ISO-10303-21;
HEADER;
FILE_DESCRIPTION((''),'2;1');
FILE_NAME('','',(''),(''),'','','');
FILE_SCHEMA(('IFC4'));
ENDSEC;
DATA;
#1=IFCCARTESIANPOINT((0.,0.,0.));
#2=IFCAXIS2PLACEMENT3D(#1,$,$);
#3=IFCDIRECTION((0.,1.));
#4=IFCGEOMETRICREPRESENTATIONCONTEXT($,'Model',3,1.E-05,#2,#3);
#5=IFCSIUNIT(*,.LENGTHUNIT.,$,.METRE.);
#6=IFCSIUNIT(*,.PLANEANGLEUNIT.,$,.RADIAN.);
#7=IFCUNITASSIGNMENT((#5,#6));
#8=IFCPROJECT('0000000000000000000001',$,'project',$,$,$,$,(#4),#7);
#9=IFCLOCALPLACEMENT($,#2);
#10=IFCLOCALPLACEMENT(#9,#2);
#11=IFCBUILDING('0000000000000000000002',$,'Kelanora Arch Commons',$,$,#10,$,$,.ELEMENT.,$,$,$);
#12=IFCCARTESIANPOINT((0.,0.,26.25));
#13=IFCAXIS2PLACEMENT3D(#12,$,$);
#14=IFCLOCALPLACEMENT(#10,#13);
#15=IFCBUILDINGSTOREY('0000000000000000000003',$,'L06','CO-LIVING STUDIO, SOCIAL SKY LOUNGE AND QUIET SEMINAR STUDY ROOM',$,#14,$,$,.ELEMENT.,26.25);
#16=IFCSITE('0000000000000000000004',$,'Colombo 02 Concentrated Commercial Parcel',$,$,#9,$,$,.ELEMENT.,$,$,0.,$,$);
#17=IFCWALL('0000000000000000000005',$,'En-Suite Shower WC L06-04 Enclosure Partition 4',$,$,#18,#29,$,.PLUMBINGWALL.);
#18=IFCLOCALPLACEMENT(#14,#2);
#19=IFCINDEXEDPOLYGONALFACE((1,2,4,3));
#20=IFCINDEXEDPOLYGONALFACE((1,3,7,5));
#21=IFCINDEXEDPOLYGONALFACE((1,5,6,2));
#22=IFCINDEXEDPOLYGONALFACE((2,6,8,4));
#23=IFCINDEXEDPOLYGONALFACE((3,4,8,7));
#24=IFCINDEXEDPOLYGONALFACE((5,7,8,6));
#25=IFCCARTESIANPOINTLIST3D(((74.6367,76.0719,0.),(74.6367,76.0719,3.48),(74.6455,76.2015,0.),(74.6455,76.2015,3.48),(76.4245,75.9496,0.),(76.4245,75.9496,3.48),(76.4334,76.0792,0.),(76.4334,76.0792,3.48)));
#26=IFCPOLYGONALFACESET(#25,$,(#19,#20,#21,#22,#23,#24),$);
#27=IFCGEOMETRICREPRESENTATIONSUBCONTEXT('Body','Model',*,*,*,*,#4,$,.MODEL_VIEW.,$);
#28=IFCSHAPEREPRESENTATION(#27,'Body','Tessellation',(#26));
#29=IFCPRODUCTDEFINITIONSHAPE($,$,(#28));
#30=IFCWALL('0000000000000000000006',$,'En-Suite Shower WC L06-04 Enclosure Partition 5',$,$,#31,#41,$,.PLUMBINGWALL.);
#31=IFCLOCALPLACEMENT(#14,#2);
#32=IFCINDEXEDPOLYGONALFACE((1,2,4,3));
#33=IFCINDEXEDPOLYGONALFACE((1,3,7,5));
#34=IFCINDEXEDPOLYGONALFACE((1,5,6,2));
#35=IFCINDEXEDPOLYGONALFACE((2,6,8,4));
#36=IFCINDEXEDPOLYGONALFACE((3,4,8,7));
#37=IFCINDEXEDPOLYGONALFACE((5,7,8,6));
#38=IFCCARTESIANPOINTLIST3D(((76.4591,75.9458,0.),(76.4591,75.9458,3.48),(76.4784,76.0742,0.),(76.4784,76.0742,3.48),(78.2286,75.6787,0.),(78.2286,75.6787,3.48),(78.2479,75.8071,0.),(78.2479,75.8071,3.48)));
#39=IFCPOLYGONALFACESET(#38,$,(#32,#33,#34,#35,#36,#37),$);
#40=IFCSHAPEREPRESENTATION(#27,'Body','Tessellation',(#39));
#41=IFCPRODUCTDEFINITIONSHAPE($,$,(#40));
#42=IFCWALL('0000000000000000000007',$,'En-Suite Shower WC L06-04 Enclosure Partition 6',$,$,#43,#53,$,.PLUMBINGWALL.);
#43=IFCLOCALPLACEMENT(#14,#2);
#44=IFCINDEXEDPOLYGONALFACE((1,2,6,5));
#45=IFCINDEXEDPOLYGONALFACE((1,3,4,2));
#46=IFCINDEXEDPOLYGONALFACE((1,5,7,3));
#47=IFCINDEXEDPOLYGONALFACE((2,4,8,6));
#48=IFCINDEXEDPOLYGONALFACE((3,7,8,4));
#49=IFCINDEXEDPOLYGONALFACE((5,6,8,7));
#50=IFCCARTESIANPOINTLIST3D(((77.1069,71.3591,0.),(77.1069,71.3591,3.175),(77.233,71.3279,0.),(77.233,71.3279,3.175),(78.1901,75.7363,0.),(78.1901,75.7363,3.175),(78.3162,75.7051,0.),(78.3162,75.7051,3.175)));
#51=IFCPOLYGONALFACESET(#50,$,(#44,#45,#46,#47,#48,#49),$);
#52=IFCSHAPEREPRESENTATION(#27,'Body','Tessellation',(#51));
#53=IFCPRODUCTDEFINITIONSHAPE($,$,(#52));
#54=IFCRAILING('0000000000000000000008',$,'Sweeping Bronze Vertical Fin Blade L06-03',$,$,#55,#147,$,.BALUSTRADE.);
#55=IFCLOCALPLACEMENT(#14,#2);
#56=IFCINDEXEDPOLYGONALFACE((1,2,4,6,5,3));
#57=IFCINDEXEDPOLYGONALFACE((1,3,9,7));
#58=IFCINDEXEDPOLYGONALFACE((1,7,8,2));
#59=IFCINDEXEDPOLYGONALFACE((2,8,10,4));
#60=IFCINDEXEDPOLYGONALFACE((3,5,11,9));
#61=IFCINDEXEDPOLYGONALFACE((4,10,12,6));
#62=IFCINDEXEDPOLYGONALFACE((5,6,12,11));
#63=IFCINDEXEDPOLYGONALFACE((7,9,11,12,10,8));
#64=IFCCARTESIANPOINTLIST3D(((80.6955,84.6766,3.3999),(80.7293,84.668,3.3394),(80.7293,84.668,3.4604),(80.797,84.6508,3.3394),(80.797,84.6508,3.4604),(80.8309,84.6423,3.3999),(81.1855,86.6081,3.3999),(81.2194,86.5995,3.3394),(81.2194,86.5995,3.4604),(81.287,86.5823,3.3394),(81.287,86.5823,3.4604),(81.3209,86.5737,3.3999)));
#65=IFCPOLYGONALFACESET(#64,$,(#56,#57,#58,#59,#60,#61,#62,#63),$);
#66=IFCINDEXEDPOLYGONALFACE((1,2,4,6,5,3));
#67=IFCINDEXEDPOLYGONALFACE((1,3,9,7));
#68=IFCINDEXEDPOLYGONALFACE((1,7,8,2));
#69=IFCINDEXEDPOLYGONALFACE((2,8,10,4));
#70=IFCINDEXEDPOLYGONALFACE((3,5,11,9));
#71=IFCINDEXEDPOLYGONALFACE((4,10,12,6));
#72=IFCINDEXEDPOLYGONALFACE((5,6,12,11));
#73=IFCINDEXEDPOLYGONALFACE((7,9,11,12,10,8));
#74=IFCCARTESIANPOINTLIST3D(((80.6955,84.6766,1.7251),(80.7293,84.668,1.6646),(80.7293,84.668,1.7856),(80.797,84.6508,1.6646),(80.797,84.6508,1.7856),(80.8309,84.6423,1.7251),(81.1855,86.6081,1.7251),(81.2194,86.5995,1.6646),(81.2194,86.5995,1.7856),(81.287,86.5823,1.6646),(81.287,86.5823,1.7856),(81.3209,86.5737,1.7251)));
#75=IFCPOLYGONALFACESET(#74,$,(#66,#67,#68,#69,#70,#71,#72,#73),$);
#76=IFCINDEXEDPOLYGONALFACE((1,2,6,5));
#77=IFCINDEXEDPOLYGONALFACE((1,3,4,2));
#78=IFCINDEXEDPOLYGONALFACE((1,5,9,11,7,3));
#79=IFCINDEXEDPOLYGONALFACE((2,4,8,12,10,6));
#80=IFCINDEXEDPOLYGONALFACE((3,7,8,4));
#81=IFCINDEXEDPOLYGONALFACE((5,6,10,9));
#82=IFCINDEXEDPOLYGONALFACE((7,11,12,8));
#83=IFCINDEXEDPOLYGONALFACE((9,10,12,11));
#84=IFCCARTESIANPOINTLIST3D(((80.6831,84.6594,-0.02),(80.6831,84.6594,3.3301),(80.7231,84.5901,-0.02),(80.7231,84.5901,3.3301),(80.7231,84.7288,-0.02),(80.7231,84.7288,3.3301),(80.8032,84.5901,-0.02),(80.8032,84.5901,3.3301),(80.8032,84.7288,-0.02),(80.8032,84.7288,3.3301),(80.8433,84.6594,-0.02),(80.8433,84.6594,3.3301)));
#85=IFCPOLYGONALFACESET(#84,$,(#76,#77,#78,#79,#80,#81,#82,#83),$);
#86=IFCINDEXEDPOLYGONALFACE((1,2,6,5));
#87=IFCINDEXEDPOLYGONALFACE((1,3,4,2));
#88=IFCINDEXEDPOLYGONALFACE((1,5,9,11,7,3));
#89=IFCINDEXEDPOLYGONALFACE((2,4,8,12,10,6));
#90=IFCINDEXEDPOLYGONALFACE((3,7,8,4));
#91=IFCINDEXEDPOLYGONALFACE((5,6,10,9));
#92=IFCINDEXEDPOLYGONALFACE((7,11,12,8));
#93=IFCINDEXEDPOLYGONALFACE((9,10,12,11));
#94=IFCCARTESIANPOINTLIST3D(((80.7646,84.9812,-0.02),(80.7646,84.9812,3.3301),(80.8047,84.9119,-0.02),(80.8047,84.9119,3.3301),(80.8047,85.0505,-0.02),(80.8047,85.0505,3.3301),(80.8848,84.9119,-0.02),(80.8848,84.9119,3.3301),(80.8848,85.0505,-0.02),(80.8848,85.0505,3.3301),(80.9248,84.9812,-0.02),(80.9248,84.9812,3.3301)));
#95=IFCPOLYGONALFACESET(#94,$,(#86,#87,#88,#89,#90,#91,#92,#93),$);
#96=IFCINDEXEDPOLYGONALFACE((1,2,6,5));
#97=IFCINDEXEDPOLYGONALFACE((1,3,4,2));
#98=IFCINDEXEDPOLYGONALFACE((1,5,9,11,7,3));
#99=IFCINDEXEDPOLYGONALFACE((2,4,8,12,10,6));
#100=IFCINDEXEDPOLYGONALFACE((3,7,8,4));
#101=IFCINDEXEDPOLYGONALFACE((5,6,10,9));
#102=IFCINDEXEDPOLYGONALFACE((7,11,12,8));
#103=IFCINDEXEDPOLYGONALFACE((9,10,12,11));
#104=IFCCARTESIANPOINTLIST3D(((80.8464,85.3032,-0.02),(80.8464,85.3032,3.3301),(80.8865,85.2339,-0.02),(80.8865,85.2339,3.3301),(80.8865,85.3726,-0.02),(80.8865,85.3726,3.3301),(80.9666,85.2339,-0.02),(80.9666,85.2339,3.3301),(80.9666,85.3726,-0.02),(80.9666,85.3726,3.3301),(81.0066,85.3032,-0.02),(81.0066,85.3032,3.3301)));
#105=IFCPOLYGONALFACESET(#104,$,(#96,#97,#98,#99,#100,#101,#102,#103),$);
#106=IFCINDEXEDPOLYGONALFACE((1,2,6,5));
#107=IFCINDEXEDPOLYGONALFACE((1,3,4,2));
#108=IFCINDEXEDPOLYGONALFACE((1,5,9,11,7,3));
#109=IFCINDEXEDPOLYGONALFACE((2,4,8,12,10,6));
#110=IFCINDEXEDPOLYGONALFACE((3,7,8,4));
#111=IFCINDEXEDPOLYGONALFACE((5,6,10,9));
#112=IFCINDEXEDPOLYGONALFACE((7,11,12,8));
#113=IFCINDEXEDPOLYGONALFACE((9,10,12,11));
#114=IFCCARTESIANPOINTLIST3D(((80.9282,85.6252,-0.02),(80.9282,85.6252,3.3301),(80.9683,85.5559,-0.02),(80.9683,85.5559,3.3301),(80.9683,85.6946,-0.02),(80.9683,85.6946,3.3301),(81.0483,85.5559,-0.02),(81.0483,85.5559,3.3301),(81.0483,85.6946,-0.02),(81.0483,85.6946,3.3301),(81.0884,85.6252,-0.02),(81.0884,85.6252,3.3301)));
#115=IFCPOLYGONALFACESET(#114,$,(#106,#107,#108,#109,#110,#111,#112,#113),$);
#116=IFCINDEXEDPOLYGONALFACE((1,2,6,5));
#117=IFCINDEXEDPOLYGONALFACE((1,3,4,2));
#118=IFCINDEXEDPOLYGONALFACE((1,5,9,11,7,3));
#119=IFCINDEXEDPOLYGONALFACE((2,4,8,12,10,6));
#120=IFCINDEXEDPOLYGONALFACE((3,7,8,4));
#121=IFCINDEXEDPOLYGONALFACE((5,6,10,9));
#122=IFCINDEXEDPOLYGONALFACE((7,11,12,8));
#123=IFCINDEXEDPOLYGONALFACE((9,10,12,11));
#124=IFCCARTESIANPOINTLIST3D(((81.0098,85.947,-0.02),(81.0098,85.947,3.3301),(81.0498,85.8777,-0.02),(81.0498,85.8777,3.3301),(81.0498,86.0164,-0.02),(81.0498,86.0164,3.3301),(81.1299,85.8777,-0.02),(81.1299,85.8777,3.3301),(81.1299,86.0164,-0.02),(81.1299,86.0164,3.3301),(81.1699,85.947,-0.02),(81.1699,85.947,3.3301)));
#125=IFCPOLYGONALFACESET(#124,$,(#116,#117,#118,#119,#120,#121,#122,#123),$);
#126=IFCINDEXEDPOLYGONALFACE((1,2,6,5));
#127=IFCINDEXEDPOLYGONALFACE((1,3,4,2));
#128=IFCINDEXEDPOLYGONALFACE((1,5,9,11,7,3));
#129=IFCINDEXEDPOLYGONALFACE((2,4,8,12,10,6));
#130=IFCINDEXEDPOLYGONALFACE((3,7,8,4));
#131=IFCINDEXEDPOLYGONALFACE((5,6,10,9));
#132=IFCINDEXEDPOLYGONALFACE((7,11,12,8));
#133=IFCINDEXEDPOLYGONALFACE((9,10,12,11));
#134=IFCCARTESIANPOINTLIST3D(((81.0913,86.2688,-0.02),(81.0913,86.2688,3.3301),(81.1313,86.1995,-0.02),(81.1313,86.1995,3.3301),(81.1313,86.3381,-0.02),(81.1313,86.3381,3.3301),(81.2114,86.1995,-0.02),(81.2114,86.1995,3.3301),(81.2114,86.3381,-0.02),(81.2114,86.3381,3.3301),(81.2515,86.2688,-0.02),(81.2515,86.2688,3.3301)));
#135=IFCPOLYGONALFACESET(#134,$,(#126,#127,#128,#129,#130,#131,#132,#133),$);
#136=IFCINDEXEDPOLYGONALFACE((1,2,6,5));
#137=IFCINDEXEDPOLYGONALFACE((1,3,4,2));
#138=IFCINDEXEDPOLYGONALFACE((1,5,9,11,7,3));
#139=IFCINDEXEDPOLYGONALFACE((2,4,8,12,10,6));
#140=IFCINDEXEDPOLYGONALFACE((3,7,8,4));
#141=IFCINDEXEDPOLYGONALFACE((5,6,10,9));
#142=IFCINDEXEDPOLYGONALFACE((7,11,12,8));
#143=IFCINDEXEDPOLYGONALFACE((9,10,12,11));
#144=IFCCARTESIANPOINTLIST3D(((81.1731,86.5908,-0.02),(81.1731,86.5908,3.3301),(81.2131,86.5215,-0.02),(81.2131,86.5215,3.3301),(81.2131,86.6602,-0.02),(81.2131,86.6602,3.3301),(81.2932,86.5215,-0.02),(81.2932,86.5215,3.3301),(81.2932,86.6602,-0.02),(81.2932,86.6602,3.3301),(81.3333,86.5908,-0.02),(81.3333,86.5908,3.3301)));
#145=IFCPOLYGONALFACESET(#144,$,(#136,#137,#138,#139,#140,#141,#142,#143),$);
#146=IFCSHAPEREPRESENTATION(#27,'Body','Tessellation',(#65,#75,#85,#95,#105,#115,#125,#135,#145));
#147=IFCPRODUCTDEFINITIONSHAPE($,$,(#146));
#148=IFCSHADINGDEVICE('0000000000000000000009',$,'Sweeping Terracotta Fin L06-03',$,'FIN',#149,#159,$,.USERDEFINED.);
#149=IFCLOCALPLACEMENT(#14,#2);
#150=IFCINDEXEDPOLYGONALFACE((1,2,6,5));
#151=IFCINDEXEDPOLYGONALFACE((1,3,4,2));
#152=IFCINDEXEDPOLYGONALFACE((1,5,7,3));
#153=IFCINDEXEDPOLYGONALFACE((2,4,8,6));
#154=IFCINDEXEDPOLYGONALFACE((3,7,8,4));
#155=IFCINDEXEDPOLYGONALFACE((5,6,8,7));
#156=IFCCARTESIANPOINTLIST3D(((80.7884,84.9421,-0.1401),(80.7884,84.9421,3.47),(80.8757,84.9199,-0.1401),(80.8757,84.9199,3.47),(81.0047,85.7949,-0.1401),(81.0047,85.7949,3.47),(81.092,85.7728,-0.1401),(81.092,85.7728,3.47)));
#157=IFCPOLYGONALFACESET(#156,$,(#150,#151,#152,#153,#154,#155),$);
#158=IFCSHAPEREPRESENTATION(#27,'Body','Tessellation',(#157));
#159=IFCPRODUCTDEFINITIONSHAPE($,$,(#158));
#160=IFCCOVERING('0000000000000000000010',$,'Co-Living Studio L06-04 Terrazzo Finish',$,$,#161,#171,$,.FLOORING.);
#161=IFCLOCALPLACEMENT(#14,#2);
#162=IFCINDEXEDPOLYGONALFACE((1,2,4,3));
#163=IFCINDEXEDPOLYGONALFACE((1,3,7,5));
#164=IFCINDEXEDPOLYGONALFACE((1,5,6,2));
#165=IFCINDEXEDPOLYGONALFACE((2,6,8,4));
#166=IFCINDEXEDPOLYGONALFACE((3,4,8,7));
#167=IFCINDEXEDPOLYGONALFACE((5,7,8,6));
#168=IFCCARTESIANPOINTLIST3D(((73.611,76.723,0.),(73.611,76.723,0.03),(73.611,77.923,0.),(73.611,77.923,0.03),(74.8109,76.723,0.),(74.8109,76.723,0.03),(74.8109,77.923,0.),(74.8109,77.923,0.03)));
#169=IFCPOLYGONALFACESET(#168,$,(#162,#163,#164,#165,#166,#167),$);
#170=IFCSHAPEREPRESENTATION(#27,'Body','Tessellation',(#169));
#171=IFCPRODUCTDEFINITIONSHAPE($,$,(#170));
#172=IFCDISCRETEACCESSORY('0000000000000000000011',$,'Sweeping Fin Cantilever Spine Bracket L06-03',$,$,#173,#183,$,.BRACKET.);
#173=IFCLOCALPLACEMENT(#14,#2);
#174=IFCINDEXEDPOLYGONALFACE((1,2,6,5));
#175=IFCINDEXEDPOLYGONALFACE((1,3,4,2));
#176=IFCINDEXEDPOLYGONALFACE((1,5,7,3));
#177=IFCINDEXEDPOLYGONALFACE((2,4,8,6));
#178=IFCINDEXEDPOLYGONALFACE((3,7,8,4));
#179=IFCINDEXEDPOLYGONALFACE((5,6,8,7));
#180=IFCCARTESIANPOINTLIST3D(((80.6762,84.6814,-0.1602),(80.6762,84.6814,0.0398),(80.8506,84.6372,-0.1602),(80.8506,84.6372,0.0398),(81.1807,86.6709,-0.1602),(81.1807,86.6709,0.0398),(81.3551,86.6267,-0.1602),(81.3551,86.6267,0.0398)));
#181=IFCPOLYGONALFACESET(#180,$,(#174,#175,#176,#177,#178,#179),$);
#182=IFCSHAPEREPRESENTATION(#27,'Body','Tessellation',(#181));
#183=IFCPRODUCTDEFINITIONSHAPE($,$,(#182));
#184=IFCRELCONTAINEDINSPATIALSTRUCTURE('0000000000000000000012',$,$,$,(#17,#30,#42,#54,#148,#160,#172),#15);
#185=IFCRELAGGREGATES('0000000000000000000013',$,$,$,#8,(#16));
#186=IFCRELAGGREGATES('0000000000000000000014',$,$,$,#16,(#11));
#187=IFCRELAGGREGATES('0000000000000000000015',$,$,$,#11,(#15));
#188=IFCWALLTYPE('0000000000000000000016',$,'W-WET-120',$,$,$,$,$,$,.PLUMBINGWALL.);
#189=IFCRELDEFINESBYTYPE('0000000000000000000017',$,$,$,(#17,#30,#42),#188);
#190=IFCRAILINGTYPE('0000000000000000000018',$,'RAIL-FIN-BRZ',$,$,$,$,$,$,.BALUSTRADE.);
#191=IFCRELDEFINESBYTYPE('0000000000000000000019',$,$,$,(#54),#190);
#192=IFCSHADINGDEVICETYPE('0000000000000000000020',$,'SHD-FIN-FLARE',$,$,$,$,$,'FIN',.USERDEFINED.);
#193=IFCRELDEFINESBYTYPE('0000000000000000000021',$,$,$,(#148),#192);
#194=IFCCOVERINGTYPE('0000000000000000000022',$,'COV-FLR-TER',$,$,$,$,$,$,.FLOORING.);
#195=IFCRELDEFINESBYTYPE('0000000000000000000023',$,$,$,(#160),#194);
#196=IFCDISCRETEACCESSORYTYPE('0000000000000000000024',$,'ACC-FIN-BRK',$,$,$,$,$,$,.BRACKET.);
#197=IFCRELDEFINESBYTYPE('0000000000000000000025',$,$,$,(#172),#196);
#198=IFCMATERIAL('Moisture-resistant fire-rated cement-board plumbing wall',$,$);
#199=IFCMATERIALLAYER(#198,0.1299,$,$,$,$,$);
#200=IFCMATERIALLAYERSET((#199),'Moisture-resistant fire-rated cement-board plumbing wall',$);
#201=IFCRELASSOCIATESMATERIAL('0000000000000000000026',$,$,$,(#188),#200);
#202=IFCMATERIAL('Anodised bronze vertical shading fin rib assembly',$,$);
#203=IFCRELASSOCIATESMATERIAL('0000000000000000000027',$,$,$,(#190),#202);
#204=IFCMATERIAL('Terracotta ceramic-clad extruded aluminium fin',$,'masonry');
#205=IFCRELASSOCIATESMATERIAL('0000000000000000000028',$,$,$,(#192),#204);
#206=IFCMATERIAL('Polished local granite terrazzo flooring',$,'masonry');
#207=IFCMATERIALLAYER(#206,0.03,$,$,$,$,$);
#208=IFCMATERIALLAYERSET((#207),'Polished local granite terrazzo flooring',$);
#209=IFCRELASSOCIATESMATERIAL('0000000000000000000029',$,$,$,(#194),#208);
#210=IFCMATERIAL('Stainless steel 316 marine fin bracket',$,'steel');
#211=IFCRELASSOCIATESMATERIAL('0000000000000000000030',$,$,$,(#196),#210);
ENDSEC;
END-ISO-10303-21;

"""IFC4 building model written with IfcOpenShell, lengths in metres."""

from ifc_helpers import new_model, si_unit, direction, frame, frame_2d, origin, origin_2d, place, context, subcontext, project, spatial, polyline, rectangle, outline, extrude, source, transform, mapped, material, layer, layer_set, type_object, element, save


model = new_model("IFC4")

# Units and contexts
model_context = context("Model", 3, precision=1e-05, world=origin(), true_north=direction((0.0, 1.0)))
body_context = subcontext(model_context, "Body", "Model", "MODEL_VIEW")
ifc_project = project(units=[si_unit("LENGTHUNIT", "METRE"), si_unit("PLANEANGLEUNIT", "RADIAN")], contexts=[model_context])

# Site, building, storey
site_placement = place(None, origin())
site = spatial("IfcSite", under=ifc_project, at=site_placement, Name="Colombo 02 Concentrated Commercial Parcel", CompositionType="ELEMENT", RefElevation=0.0)
building_placement = place(site_placement, origin())
building = spatial("IfcBuilding", under=site, at=building_placement, Name="Kelanora Arch Commons", CompositionType="ELEMENT")
storey_placement = place(building_placement, frame((0.0, 0.0, 26.25)))
storey = spatial("IfcBuildingStorey", under=building, at=storey_placement, Name="L06", Description="CO-LIVING STUDIO, SOCIAL SKY LOUNGE AND QUIET SEMINAR STUDY ROOM", CompositionType="ELEMENT", Elevation=26.25)

# Walls
ifc_material_1 = material(Name="Moisture-resistant fire-rated cement-board plumbing wall")
ifc_layer_1 = layer(ifc_material_1, 0.1299)
ifc_layer_set_1 = layer_set([ifc_layer_1], Name="Moisture-resistant fire-rated cement-board plumbing wall")
wall_type_1 = type_object("IfcWallType", Name="W-WET-120", PredefinedType="PLUMBINGWALL", material=ifc_layer_set_1)
wall_1_placement = place(storey_placement, frame((74.6411, 76.1367, 0.0), z_axis=(0.0, 0.0, 1.0), x_axis=(0.997668, -0.068255, 0.0)))
element("IfcWall", 1, at=wall_1_placement, inside=storey, type_object=wall_type_1, Name="En-Suite Shower WC L06-04 Enclosure Partition 4", PredefinedType="PLUMBINGWALL", context=body_context, shape_type="SweptSolid", body=[
    extrude(rectangle(XDim=1.792, YDim=0.1299, at=frame_2d((0.896, 0.0))), origin(), (0.0, 0.0, 1.0), 3.48),
])
wall_2_placement = place(storey_placement, frame((76.4688, 76.01, 0.0), z_axis=(0.0, 0.0, 1.0), x_axis=(0.9888, -0.149248, 0.0)))
element("IfcWall", 2, at=wall_2_placement, inside=storey, type_object=wall_type_1, Name="En-Suite Shower WC L06-04 Enclosure Partition 5", PredefinedType="PLUMBINGWALL", context=body_context, shape_type="SweptSolid", body=[
    extrude(rectangle(XDim=1.7896, YDim=0.1299, at=frame_2d((0.8948, 0.0))), origin(), (0.0, 0.0, 1.0), 3.48),
])
wall_3_placement = place(storey_placement, frame((78.2532, 75.7207, 0.0), z_axis=(0.0, 0.0, 1.0), x_axis=(-0.240229, -0.970716, 0.0)))
element("IfcWall", 3, at=wall_3_placement, inside=storey, type_object=wall_type_1, Name="En-Suite Shower WC L06-04 Enclosure Partition 6", PredefinedType="PLUMBINGWALL", context=body_context, shape_type="SweptSolid", body=[
    extrude(rectangle(XDim=4.5093, YDim=0.1299, at=frame_2d((2.2546, 0.0))), origin(), (0.0, 0.0, 1.0), 3.175),
])

# Railing
ifc_material_2 = material(Name="Anodised bronze vertical shading fin rib assembly")
railing_type = type_object("IfcRailingType", Name="RAIL-FIN-BRZ", PredefinedType="BALUSTRADE", material=ifc_material_2)
railing_placement = place(storey_placement, frame((80.7632, 84.6594, -0.02)))
element("IfcRailing", 4, at=railing_placement, inside=storey, type_object=railing_type, Name="Sweeping Bronze Vertical Fin Blade L06-03", PredefinedType="BALUSTRADE", context=body_context, shape_type="SweptSolid", body=[
    extrude(outline(polyline([(0.0698, 0.0), (0.0349, 0.0605), (-0.0349, 0.0605), (-0.0698, 0.0), (-0.0349, -0.0605), (0.0349, -0.0605), (0.0698, 0.0)])), frame((0.0, 0.0, 3.4199), z_axis=(0.245907, 0.969293, 0.0), x_axis=(-0.969293, 0.245907, 0.0)), (0.0, 0.0, 1.0), 1.9927),
    extrude(outline(polyline([(0.0698, 0.0), (0.0349, 0.0605), (-0.0349, 0.0605), (-0.0698, 0.0), (-0.0349, -0.0605), (0.0349, -0.0605), (0.0698, 0.0)])), frame((0.0, 0.0, 1.7451), z_axis=(0.245907, 0.969293, 0.0), x_axis=(-0.969293, 0.245907, 0.0)), (0.0, 0.0, 1.0), 1.9927),
    extrude(outline(polyline([(0.0801, 0.0), (0.04, 0.0693), (-0.04, 0.0693), (-0.0801, 0.0), (-0.04, -0.0693), (0.04, -0.0693), (0.0801, 0.0)])), origin(), (0.0, 0.0, 1.0), 3.3501),
    extrude(outline(polyline([(0.0801, 0.0), (0.04, 0.0693), (-0.04, 0.0693), (-0.0801, 0.0), (-0.04, -0.0693), (0.04, -0.0693), (0.0801, 0.0)])), frame((0.0815, 0.3218, 0.0)), (0.0, 0.0, 1.0), 3.3501),
    extrude(outline(polyline([(0.0801, 0.0), (0.04, 0.0693), (-0.04, 0.0693), (-0.0801, 0.0), (-0.04, -0.0693), (0.04, -0.0693), (0.0801, 0.0)])), frame((0.1633, 0.6438, 0.0)), (0.0, 0.0, 1.0), 3.3501),
    extrude(outline(polyline([(0.0801, 0.0), (0.04, 0.0693), (-0.04, 0.0693), (-0.0801, 0.0), (-0.04, -0.0693), (0.04, -0.0693), (0.0801, 0.0)])), frame((0.2451, 0.9658, 0.0)), (0.0, 0.0, 1.0), 3.3501),
    extrude(outline(polyline([(0.0801, 0.0), (0.04, 0.0693), (-0.04, 0.0693), (-0.0801, 0.0), (-0.04, -0.0693), (0.04, -0.0693), (0.0801, 0.0)])), frame((0.3267, 1.2876, 0.0)), (0.0, 0.0, 1.0), 3.3501),
    extrude(outline(polyline([(0.0801, 0.0), (0.04, 0.0693), (-0.04, 0.0693), (-0.0801, 0.0), (-0.04, -0.0693), (0.04, -0.0693), (0.0801, 0.0)])), frame((0.4082, 1.6094, 0.0)), (0.0, 0.0, 1.0), 3.3501),
    extrude(outline(polyline([(0.0801, 0.0), (0.04, 0.0693), (-0.04, 0.0693), (-0.0801, 0.0), (-0.04, -0.0693), (0.04, -0.0693), (0.0801, 0.0)])), frame((0.49, 1.9314, 0.0)), (0.0, 0.0, 1.0), 3.3501),
])

# Shading device
ifc_material_3 = material(Name="Terracotta ceramic-clad extruded aluminium fin", Category="masonry")
shading_device_type = type_object("IfcShadingDeviceType", Name="SHD-FIN-FLARE", ElementType="FIN", PredefinedType="USERDEFINED", material=ifc_material_3)
shared_shape_1 = source(origin(), body_context, "Body", "SweptSolid", [
    extrude(rectangle(XDim=0.8799, YDim=0.0901, at=origin_2d()), origin(), (0.0, 0.0, 1.0), 3.6101),
])
shading_device_placement = place(storey_placement, frame((80.9402, 85.3574, -0.1401), z_axis=(0.0, 0.0, 1.0), x_axis=(0.245815, 0.969317, 0.0)))
element("IfcShadingDevice", 5, at=shading_device_placement, inside=storey, type_object=shading_device_type, Name="Sweeping Terracotta Fin L06-03", ObjectType="FIN", PredefinedType="USERDEFINED", context=body_context, shape_type="MappedRepresentation", body=[
    mapped(shared_shape_1, transform((0.0, 0.0, 0.0), scale=1.0)),
])

# Covering
ifc_material_4 = material(Name="Polished local granite terrazzo flooring", Category="masonry")
ifc_layer_2 = layer(ifc_material_4, 0.03)
ifc_layer_set_2 = layer_set([ifc_layer_2], Name="Polished local granite terrazzo flooring")
covering_type = type_object("IfcCoveringType", Name="COV-FLR-TER", PredefinedType="FLOORING", material=ifc_layer_set_2)
shared_shape_2 = source(origin(), body_context, "Body", "SweptSolid", [
    extrude(rectangle(XDim=1.2, YDim=1.2, at=origin_2d()), origin(), (0.0, 0.0, 1.0), 0.03),
])
covering_placement = place(storey_placement, frame((74.2109, 77.323, 0.0), z_axis=(0.0, 0.0, 1.0), x_axis=(1.0, 0.0, 0.0)))
element("IfcCovering", 6, at=covering_placement, inside=storey, type_object=covering_type, Name="Co-Living Studio L06-04 Terrazzo Finish", PredefinedType="FLOORING", context=body_context, shape_type="MappedRepresentation", body=[
    mapped(shared_shape_2, transform((0.0, 0.0, 0.0), scale=1.0)),
])

# Discrete accessory
ifc_material_5 = material(Name="Stainless steel 316 marine fin bracket", Category="steel")
discrete_accessory_type = type_object("IfcDiscreteAccessoryType", Name="ACC-FIN-BRK", PredefinedType="BRACKET", material=ifc_material_5)
shared_shape_3 = source(origin(), body_context, "Body", "SweptSolid", [
    extrude(rectangle(XDim=2.0525, YDim=0.1799, at=origin_2d()), origin(), (0.0, 0.0, 1.0), 0.2),
])
discrete_accessory_placement = place(storey_placement, frame((81.0156, 85.6541, -0.1602), z_axis=(0.0, 0.0, 1.0), x_axis=(0.245815, 0.969317, 0.0)))
element("IfcDiscreteAccessory", 7, at=discrete_accessory_placement, inside=storey, type_object=discrete_accessory_type, Name="Sweeping Fin Cantilever Spine Bracket L06-03", PredefinedType="BRACKET", context=body_context, shape_type="MappedRepresentation", body=[
    mapped(shared_shape_3, transform((0.0, 0.0, 0.0), scale=1.0)),
])

save(model, "model.ifc")
